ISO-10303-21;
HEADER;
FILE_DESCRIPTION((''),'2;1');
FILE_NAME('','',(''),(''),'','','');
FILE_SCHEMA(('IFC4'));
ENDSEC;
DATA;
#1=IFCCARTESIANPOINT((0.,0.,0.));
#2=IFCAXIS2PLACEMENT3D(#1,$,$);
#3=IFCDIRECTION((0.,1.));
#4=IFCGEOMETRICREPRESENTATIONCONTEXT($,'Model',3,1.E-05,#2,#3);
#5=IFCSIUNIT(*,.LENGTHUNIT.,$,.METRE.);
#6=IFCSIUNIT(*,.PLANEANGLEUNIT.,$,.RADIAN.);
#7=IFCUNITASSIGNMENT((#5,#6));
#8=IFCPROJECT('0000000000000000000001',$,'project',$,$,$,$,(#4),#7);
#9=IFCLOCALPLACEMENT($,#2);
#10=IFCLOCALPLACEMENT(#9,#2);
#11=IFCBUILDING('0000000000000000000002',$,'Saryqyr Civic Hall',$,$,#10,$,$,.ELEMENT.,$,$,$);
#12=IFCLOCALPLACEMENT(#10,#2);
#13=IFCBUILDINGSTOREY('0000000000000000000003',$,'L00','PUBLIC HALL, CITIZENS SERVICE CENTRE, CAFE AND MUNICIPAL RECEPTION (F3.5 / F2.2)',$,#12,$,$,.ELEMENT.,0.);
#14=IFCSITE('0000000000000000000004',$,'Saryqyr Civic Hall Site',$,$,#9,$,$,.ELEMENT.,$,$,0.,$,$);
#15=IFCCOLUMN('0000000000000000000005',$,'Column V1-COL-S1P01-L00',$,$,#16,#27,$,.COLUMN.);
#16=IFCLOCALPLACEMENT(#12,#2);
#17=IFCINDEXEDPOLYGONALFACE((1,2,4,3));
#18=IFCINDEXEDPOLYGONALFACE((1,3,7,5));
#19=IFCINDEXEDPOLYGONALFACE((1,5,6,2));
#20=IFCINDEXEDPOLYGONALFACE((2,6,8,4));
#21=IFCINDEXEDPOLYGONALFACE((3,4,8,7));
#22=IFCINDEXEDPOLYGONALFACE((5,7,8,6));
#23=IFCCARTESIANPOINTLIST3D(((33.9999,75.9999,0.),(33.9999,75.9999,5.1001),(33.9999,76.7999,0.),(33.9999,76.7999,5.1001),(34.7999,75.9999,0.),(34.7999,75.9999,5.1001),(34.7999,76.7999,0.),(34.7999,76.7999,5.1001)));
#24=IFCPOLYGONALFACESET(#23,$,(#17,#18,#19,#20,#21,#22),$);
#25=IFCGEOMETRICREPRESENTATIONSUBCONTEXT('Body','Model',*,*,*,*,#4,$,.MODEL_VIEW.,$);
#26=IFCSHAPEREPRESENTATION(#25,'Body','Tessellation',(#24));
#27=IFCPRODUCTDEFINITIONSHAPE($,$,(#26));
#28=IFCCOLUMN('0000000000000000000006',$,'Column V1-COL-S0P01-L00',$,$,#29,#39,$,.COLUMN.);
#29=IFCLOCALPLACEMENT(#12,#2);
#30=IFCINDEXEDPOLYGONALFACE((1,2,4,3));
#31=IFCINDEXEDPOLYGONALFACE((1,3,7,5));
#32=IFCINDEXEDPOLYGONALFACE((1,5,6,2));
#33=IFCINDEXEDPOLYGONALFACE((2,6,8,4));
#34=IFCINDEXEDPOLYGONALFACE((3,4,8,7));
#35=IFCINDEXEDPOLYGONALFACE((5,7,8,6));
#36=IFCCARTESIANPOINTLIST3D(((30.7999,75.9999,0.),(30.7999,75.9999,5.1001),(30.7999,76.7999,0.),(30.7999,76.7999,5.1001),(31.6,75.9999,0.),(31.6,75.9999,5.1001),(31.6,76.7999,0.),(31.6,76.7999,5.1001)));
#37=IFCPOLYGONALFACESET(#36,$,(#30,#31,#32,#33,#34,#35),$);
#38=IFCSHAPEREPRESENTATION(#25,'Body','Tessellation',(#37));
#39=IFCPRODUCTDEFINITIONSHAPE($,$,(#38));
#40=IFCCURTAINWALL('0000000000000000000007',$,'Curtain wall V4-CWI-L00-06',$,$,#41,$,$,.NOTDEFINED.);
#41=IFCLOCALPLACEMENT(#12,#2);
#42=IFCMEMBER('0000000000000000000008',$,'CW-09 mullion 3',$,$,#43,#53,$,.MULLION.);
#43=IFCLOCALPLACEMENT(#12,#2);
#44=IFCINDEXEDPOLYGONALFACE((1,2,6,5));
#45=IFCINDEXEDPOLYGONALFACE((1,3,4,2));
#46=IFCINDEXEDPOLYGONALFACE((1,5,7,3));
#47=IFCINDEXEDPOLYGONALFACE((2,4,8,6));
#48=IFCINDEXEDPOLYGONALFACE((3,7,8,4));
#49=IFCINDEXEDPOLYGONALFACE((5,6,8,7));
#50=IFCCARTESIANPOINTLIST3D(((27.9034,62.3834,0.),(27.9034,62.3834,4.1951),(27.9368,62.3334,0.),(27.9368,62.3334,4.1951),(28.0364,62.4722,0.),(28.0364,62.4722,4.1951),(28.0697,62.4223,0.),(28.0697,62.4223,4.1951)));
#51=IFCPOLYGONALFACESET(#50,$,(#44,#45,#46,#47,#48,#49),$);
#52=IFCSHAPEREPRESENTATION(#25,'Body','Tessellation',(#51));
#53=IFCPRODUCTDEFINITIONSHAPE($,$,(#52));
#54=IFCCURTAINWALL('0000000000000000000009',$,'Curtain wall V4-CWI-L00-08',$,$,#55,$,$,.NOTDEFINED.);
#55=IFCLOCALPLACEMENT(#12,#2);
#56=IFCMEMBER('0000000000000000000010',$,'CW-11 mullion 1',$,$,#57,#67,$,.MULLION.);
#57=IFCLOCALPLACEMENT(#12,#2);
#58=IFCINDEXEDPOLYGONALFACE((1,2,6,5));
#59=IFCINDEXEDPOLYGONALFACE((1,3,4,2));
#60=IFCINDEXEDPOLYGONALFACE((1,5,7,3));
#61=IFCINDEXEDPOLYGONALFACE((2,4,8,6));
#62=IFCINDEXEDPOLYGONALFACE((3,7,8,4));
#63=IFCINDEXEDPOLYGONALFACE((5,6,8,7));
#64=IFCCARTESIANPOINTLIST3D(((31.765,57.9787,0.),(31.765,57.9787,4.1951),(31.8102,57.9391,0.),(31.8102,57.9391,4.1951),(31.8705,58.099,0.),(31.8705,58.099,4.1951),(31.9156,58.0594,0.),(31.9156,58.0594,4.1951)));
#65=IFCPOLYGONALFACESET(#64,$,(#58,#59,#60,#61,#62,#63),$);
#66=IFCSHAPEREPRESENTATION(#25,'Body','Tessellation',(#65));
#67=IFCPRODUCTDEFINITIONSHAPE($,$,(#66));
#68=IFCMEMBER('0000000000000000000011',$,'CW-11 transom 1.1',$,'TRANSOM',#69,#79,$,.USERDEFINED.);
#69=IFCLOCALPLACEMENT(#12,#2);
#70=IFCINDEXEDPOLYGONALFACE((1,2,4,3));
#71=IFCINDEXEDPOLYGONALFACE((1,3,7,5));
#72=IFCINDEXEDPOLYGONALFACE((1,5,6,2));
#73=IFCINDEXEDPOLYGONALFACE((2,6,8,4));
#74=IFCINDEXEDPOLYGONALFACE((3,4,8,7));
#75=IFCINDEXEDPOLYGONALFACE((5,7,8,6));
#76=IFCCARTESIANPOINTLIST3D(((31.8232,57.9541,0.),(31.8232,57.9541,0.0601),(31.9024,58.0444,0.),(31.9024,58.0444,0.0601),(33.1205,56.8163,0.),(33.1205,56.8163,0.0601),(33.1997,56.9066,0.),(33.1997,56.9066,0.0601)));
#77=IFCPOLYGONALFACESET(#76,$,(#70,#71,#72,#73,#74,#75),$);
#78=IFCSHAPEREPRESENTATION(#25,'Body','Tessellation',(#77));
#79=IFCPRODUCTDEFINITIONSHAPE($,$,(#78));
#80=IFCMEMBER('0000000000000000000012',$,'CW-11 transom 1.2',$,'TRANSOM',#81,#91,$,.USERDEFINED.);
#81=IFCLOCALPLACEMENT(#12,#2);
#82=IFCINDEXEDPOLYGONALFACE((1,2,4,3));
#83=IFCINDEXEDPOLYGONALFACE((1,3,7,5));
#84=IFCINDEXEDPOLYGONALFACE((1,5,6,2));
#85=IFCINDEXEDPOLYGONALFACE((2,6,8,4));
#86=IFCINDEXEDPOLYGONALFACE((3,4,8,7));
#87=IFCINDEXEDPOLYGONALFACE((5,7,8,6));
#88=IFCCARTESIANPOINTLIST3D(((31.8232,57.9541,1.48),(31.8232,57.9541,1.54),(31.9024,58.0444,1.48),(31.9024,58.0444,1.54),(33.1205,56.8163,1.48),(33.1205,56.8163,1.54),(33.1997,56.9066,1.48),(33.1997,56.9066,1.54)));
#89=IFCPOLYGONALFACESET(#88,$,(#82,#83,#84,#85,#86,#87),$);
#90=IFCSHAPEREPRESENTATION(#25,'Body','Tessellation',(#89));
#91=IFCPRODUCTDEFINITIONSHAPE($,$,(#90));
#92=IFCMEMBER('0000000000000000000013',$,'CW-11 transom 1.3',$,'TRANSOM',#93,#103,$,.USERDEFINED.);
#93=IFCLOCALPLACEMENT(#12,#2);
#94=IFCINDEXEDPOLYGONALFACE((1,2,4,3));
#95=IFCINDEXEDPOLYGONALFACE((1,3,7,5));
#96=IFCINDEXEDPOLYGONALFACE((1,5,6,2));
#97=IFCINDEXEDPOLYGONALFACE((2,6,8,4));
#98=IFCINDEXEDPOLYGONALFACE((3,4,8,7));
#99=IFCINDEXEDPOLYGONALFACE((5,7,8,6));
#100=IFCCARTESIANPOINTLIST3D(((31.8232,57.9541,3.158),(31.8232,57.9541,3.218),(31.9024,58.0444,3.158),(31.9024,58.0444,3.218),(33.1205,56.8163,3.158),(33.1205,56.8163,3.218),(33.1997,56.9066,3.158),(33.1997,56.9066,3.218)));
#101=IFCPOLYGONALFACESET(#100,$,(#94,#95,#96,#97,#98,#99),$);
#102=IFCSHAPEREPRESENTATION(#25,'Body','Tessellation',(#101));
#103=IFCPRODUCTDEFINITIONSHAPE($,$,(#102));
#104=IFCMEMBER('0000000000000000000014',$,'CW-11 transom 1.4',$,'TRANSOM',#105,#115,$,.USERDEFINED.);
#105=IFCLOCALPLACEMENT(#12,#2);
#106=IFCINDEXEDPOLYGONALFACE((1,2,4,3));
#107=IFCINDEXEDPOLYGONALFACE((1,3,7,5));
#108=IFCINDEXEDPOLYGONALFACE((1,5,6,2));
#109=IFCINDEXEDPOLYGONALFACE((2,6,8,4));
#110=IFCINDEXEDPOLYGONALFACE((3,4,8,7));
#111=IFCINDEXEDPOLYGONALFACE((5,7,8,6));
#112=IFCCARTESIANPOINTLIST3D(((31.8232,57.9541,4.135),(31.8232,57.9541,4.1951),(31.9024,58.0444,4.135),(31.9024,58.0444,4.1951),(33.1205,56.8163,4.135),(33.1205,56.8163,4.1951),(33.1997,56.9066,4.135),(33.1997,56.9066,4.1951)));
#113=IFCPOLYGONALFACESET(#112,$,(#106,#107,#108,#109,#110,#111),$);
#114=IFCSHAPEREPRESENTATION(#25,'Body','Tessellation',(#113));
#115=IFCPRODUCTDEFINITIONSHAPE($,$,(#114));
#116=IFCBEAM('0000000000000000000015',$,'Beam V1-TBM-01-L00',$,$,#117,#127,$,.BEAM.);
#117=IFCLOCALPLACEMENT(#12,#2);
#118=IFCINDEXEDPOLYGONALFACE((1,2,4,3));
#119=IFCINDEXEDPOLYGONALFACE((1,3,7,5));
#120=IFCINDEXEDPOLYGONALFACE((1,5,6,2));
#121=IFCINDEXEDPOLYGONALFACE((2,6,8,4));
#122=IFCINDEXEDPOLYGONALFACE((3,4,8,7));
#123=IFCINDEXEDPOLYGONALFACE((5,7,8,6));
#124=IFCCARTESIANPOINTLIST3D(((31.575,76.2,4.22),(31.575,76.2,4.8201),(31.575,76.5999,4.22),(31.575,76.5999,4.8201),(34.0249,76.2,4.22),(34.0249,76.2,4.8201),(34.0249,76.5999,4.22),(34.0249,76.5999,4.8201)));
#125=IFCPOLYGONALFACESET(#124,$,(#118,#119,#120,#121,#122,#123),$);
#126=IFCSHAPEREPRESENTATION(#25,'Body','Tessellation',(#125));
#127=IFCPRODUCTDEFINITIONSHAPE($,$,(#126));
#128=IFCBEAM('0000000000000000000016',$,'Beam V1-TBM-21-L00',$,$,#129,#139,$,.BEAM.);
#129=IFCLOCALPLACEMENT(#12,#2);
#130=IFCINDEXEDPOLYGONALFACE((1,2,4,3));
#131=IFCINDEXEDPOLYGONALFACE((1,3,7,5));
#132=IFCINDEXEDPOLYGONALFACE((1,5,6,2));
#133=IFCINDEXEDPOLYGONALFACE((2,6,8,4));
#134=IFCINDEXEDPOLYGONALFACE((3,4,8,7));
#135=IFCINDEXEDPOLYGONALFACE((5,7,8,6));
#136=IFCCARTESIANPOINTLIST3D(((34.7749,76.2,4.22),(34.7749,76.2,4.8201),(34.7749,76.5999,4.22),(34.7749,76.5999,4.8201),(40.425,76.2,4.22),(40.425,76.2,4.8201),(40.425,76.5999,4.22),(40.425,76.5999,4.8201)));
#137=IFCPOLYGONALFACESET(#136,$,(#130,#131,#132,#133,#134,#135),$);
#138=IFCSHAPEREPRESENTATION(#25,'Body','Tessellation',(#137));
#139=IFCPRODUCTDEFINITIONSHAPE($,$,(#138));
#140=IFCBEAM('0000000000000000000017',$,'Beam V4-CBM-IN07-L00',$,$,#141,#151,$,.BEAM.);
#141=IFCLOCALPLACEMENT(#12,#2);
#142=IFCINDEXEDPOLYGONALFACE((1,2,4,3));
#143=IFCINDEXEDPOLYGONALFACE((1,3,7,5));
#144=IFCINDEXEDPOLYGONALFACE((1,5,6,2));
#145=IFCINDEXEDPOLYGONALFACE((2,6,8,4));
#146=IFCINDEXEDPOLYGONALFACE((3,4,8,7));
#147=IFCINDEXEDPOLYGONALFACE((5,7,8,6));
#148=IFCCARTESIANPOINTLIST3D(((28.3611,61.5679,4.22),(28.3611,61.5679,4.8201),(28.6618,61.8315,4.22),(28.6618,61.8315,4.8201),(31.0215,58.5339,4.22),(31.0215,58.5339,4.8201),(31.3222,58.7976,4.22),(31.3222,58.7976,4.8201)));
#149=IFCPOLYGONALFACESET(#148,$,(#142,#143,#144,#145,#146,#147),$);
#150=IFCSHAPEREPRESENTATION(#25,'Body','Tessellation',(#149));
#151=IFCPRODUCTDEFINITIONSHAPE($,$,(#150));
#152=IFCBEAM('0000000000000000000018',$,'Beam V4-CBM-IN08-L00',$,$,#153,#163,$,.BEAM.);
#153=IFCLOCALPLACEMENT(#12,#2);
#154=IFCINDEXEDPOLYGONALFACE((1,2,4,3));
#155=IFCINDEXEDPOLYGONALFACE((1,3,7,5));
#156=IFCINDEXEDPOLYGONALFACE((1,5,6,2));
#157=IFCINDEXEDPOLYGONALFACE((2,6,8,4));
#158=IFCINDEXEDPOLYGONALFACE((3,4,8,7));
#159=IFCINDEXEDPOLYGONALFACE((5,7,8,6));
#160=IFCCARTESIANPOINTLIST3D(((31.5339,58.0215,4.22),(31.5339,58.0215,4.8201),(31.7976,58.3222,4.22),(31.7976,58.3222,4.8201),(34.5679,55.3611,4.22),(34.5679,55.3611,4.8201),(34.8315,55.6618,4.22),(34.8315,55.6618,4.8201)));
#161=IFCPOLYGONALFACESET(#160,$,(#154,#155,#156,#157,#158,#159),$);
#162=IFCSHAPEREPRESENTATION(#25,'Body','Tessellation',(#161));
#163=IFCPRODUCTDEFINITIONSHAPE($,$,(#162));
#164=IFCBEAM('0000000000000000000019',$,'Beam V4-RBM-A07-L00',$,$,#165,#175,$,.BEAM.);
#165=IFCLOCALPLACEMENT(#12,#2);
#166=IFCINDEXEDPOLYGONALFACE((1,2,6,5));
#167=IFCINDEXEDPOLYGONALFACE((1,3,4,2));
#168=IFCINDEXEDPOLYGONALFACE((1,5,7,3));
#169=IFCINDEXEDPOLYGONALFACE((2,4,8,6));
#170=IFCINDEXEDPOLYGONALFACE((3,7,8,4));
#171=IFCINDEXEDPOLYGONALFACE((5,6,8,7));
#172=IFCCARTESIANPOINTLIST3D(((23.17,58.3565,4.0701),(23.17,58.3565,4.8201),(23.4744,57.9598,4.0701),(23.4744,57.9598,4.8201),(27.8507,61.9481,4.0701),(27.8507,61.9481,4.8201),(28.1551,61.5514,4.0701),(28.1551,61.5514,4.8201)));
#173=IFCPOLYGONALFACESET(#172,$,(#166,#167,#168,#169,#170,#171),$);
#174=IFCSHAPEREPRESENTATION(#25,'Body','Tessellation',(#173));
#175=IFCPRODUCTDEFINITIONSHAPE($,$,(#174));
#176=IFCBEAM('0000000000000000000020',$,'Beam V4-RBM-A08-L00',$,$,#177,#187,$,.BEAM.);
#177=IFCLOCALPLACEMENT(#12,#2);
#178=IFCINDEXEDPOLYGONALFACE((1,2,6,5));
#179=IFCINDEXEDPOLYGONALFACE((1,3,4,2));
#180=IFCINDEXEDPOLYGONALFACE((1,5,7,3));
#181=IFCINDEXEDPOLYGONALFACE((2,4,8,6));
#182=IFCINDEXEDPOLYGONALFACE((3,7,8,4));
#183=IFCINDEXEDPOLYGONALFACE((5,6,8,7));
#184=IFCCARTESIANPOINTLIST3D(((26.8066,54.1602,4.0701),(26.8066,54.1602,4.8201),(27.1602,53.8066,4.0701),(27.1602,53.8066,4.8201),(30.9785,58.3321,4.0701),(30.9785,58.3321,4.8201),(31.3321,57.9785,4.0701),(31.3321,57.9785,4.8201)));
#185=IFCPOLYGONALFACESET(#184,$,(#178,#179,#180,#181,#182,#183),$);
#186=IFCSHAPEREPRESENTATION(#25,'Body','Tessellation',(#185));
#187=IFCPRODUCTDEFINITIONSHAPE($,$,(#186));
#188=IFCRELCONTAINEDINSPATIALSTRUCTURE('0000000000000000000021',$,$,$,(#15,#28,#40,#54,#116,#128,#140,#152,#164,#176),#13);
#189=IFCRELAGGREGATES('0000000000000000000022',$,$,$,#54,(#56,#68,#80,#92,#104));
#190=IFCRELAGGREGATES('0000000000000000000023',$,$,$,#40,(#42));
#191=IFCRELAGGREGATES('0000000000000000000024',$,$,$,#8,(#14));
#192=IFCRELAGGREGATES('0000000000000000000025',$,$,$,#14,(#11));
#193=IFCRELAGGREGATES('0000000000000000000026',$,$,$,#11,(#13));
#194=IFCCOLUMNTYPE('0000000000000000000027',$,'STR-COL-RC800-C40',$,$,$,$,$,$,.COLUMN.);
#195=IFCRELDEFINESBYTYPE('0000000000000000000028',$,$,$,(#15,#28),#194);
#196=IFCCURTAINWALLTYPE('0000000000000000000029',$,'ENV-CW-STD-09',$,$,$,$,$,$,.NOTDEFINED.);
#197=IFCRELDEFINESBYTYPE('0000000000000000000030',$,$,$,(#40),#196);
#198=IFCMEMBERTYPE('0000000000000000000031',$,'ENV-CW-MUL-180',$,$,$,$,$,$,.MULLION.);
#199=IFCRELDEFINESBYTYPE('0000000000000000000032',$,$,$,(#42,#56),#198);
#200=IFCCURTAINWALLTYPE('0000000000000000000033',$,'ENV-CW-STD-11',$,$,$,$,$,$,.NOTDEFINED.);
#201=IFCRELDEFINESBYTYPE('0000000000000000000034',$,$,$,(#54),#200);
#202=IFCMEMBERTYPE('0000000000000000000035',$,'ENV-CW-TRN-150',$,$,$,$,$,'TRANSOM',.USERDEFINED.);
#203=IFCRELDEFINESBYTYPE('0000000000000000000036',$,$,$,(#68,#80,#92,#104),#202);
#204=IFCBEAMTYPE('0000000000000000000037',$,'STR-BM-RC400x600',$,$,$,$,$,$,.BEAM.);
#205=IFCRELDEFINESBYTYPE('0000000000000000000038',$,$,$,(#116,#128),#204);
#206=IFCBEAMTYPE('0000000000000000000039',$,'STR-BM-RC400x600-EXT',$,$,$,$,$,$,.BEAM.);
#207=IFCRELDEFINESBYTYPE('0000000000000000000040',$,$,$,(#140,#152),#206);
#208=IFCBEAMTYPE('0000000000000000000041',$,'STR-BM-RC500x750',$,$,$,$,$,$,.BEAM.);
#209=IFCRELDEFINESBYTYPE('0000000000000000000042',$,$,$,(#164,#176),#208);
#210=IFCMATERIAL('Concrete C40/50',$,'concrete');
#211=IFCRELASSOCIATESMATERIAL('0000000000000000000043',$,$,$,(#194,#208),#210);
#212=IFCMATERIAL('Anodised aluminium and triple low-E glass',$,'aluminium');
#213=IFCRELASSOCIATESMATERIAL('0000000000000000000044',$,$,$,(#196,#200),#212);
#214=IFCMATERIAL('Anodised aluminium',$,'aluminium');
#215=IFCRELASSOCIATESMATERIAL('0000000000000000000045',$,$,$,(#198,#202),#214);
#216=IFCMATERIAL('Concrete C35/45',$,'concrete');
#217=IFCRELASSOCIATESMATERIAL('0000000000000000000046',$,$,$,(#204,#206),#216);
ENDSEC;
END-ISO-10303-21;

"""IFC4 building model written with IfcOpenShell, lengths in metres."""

from ifc_helpers import new_model, si_unit, direction, frame, origin, origin_2d, place, context, subcontext, project, spatial, rectangle, extrude, material, material_profile, profile_set, type_object, element, aggregate, save


model = new_model("IFC4")

# Units and contexts
model_context = context("Model", 3, precision=1e-05, world=origin(), true_north=direction((0.0, 1.0)))
body_context = subcontext(model_context, "Body", "Model", "MODEL_VIEW")
ifc_project = project(units=[si_unit("LENGTHUNIT", "METRE"), si_unit("PLANEANGLEUNIT", "RADIAN")], contexts=[model_context])

# Site, building, storey
site_placement = place(None, origin())
site = spatial("IfcSite", under=ifc_project, at=site_placement, Name="Saryqyr Civic Hall Site", CompositionType="ELEMENT", RefElevation=0.0)
building_placement = place(site_placement, origin())
building = spatial("IfcBuilding", under=site, at=building_placement, Name="Saryqyr Civic Hall", CompositionType="ELEMENT")
storey_placement = place(building_placement, origin())
storey = spatial("IfcBuildingStorey", under=building, at=storey_placement, Name="L00", Description="PUBLIC HALL, CITIZENS SERVICE CENTRE, CAFE AND MUNICIPAL RECEPTION (F3.5 / F2.2)", CompositionType="ELEMENT", Elevation=0.0)

# Columns
ifc_material_1 = material(Name="Concrete C40/50", Category="concrete")
ifc_material_profile_1 = material_profile(ifc_material_1, rectangle(XDim=0.8, YDim=0.8, at=origin_2d()), Name="RC 800x800")
ifc_profile_set_1 = profile_set([ifc_material_profile_1], Name="Concrete C40/50")
column_type_1 = type_object("IfcColumnType", Name="STR-COL-RC800-C40", PredefinedType="COLUMN", material=ifc_profile_set_1)
for number, where, z_axis, x_axis, name in (
    (1, (34.3999, 76.3999, 0.0), (0.0, 0.0, 1.0), (1.0, 0.0, 0.0), "Column V1-COL-S1P01-L00"),
    (2, (31.2, 76.3999, 0.0), (0.0, 0.0, 1.0), (1.0, 0.0, 0.0), "Column V1-COL-S0P01-L00"),
):
    element("IfcColumn", number, at=place(storey_placement, frame(where, z_axis=z_axis, x_axis=x_axis)), inside=storey, type_object=column_type_1, Name=name, PredefinedType="COLUMN", context=body_context, shape_type="SweptSolid", body=[
        extrude(rectangle(XDim=0.8, YDim=0.8, at=origin_2d()), origin(), (0.0, 0.0, 1.0), 5.1001),
    ])

# Curtain wall, member
ifc_material_2 = material(Name="Anodised aluminium and triple low-E glass", Category="aluminium")
curtain_wall_type_1 = type_object("IfcCurtainWallType", Name="ENV-CW-STD-09", PredefinedType="NOTDEFINED", material=ifc_material_2)
curtain_wall_1_placement = place(storey_placement, origin())
curtain_wall_1 = element("IfcCurtainWall", 3, at=curtain_wall_1_placement, inside=storey, type_object=curtain_wall_type_1, Name="Curtain wall V4-CWI-L00-06", PredefinedType="NOTDEFINED")
ifc_material_3 = material(Name="Anodised aluminium", Category="aluminium")
ifc_material_profile_2 = material_profile(ifc_material_3, rectangle(XDim=0.0601, YDim=0.1599, at=origin_2d()), Name="ALU MULLION 60x160")
ifc_profile_set_2 = profile_set([ifc_material_profile_2], Name="Anodised aluminium")
member_type_1 = type_object("IfcMemberType", Name="ENV-CW-MUL-180", PredefinedType="MULLION", material=ifc_profile_set_2)
member_1_placement = place(storey_placement, frame((27.9866, 62.4028, 0.0), z_axis=(0.0, 0.0, 1.0), x_axis=(0.555558, -0.831478, 0.0)))
member_1 = element("IfcMember", 4, at=member_1_placement, type_object=member_type_1, Name="CW-09 mullion 3", PredefinedType="MULLION", context=body_context, shape_type="SweptSolid", body=[
    extrude(rectangle(XDim=0.0601, YDim=0.1599, at=origin_2d()), origin(), (0.0, 0.0, 1.0), 4.1951),
])

# Curtain wall, members
curtain_wall_type_2 = type_object("IfcCurtainWallType", Name="ENV-CW-STD-11", PredefinedType="NOTDEFINED", material=ifc_material_2)
curtain_wall_2_placement = place(storey_placement, origin())
curtain_wall_2 = element("IfcCurtainWall", 5, at=curtain_wall_2_placement, inside=storey, type_object=curtain_wall_type_2, Name="Curtain wall V4-CWI-L00-08", PredefinedType="NOTDEFINED")
member_2_placement = place(storey_placement, frame((31.8403, 58.019, 0.0), z_axis=(0.0, 0.0, 1.0), x_axis=(0.751831, -0.659356, 0.0)))
member_2 = element("IfcMember", 6, at=member_2_placement, type_object=member_type_1, Name="CW-11 mullion 1", PredefinedType="MULLION", context=body_context, shape_type="SweptSolid", body=[
    extrude(rectangle(XDim=0.0601, YDim=0.1599, at=origin_2d()), origin(), (0.0, 0.0, 1.0), 4.1951),
])
ifc_material_profile_3 = material_profile(ifc_material_3, rectangle(XDim=0.1201, YDim=0.0601, at=origin_2d()), Name="ALU TRANSOM 120x60")
ifc_profile_set_3 = profile_set([ifc_material_profile_3], Name="Anodised aluminium")
member_type_2 = type_object("IfcMemberType", Name="ENV-CW-TRN-150", ElementType="TRANSOM", PredefinedType="USERDEFINED", material=ifc_profile_set_3)
member_3_placement = place(storey_placement, frame((31.8628, 57.9993, 0.03), z_axis=(0.751787, -0.659406, 0.0), x_axis=(0.659406, 0.751787, 0.0)))
member_3 = element("IfcMember", 7, at=member_3_placement, type_object=member_type_2, Name="CW-11 transom 1.1", ObjectType="TRANSOM", PredefinedType="USERDEFINED", context=body_context, shape_type="SweptSolid", body=[
    extrude(rectangle(XDim=0.1201, YDim=0.0601, at=origin_2d()), origin(), (0.0, 0.0, 1.0), 1.7256),
])
member_4_placement = place(storey_placement, frame((31.8628, 57.9993, 1.51), z_axis=(0.751787, -0.659406, 0.0), x_axis=(0.659406, 0.751787, 0.0)))
member_4 = element("IfcMember", 8, at=member_4_placement, type_object=member_type_2, Name="CW-11 transom 1.2", ObjectType="TRANSOM", PredefinedType="USERDEFINED", context=body_context, shape_type="SweptSolid", body=[
    extrude(rectangle(XDim=0.1201, YDim=0.0601, at=origin_2d()), origin(), (0.0, 0.0, 1.0), 1.7256),
])
member_5_placement = place(storey_placement, frame((31.8628, 57.9993, 3.188), z_axis=(0.751787, -0.659406, 0.0), x_axis=(0.659406, 0.751787, 0.0)))
member_5 = element("IfcMember", 9, at=member_5_placement, type_object=member_type_2, Name="CW-11 transom 1.3", ObjectType="TRANSOM", PredefinedType="USERDEFINED", context=body_context, shape_type="SweptSolid", body=[
    extrude(rectangle(XDim=0.1201, YDim=0.0601, at=origin_2d()), origin(), (0.0, 0.0, 1.0), 1.7256),
])
member_6_placement = place(storey_placement, frame((31.8628, 57.9993, 4.165), z_axis=(0.751787, -0.659406, 0.0), x_axis=(0.659406, 0.751787, 0.0)))
member_6 = element("IfcMember", 10, at=member_6_placement, type_object=member_type_2, Name="CW-11 transom 1.4", ObjectType="TRANSOM", PredefinedType="USERDEFINED", context=body_context, shape_type="SweptSolid", body=[
    extrude(rectangle(XDim=0.1201, YDim=0.0601, at=origin_2d()), origin(), (0.0, 0.0, 1.0), 1.7256),
])
aggregate(curtain_wall_2, [member_2, member_3, member_4, member_5, member_6])

# Beams
ifc_material_4 = material(Name="Concrete C35/45", Category="concrete")
ifc_material_profile_4 = material_profile(ifc_material_4, rectangle(XDim=0.3999, YDim=0.6001, at=origin_2d()), Name="RC 400x600")
ifc_profile_set_4 = profile_set([ifc_material_profile_4], Name="Concrete C35/45")
beam_type_1 = type_object("IfcBeamType", Name="STR-BM-RC400x600", PredefinedType="BEAM", material=ifc_profile_set_4)
beam_1_placement = place(storey_placement, frame((31.575, 76.3999, 4.52), z_axis=(1.0, 0.0, 0.0), x_axis=(0.0, 1.0, 0.0)))
element("IfcBeam", 11, at=beam_1_placement, inside=storey, type_object=beam_type_1, Name="Beam V1-TBM-01-L00", PredefinedType="BEAM", context=body_context, shape_type="SweptSolid", body=[
    extrude(rectangle(XDim=0.3999, YDim=0.6001, at=origin_2d()), origin(), (0.0, 0.0, 1.0), 2.45),
])
beam_2_placement = place(storey_placement, frame((34.7749, 76.3999, 4.52), z_axis=(1.0, 0.0, 0.0), x_axis=(0.0, 1.0, 0.0)))
element("IfcBeam", 12, at=beam_2_placement, inside=storey, type_object=beam_type_1, Name="Beam V1-TBM-21-L00", PredefinedType="BEAM", context=body_context, shape_type="SweptSolid", body=[
    extrude(rectangle(XDim=0.3999, YDim=0.6001, at=origin_2d()), origin(), (0.0, 0.0, 1.0), 5.6501),
])
ifc_material_profile_5 = material_profile(ifc_material_4, rectangle(XDim=0.3999, YDim=0.6001, at=origin_2d()), Name="RC 400x600")
ifc_profile_set_5 = profile_set([ifc_material_profile_5], Name="Concrete C35/45")
beam_type_2 = type_object("IfcBeamType", Name="STR-BM-RC400x600-EXT", PredefinedType="BEAM", material=ifc_profile_set_5)
for number, where, z_axis, x_axis, name in (
    (13, (28.5115, 61.6997, 4.52), (0.659305, -0.751875, 0.0), (0.751875, 0.659305, 0.0), "Beam V4-CBM-IN07-L00"),
    (14, (31.6658, 58.1719, 4.52), (0.751875, -0.659305, 0.0), (0.659305, 0.751875, 0.0), "Beam V4-CBM-IN08-L00"),
):
    element("IfcBeam", number, at=place(storey_placement, frame(where, z_axis=z_axis, x_axis=x_axis)), inside=storey, type_object=beam_type_2, Name=name, PredefinedType="BEAM", context=body_context, shape_type="SweptSolid", body=[
        extrude(rectangle(XDim=0.3999, YDim=0.6001, at=origin_2d()), origin(), (0.0, 0.0, 1.0), 4.0352),
    ])
ifc_material_profile_6 = material_profile(ifc_material_1, rectangle(XDim=0.5, YDim=0.75, at=origin_2d()), Name="RC 500x750")
ifc_profile_set_6 = profile_set([ifc_material_profile_6], Name="Concrete C40/50")
beam_type_3 = type_object("IfcBeamType", Name="STR-BM-RC500x750", PredefinedType="BEAM", material=ifc_profile_set_6)
for number, where, z_axis, x_axis, name in (
    (15, (28.0029, 61.7498, 4.4451), (-0.793357, -0.608756, 0.0), (0.608756, -0.793357, 0.0), "Beam V4-RBM-A07-L00"),
    (16, (31.1553, 58.1553, 4.4451), (-0.707107, -0.707107, 0.0), (0.707107, -0.707107, 0.0), "Beam V4-RBM-A08-L00"),
):
    element("IfcBeam", number, at=place(storey_placement, frame(where, z_axis=z_axis, x_axis=x_axis)), inside=storey, type_object=beam_type_3, Name=name, PredefinedType="BEAM", context=body_context, shape_type="SweptSolid", body=[
        extrude(rectangle(XDim=0.5, YDim=0.75, at=origin_2d()), origin(), (0.0, 0.0, 1.0), 5.8999),
    ])

aggregate(curtain_wall_1, [member_1])

save(model, "model.ifc")
